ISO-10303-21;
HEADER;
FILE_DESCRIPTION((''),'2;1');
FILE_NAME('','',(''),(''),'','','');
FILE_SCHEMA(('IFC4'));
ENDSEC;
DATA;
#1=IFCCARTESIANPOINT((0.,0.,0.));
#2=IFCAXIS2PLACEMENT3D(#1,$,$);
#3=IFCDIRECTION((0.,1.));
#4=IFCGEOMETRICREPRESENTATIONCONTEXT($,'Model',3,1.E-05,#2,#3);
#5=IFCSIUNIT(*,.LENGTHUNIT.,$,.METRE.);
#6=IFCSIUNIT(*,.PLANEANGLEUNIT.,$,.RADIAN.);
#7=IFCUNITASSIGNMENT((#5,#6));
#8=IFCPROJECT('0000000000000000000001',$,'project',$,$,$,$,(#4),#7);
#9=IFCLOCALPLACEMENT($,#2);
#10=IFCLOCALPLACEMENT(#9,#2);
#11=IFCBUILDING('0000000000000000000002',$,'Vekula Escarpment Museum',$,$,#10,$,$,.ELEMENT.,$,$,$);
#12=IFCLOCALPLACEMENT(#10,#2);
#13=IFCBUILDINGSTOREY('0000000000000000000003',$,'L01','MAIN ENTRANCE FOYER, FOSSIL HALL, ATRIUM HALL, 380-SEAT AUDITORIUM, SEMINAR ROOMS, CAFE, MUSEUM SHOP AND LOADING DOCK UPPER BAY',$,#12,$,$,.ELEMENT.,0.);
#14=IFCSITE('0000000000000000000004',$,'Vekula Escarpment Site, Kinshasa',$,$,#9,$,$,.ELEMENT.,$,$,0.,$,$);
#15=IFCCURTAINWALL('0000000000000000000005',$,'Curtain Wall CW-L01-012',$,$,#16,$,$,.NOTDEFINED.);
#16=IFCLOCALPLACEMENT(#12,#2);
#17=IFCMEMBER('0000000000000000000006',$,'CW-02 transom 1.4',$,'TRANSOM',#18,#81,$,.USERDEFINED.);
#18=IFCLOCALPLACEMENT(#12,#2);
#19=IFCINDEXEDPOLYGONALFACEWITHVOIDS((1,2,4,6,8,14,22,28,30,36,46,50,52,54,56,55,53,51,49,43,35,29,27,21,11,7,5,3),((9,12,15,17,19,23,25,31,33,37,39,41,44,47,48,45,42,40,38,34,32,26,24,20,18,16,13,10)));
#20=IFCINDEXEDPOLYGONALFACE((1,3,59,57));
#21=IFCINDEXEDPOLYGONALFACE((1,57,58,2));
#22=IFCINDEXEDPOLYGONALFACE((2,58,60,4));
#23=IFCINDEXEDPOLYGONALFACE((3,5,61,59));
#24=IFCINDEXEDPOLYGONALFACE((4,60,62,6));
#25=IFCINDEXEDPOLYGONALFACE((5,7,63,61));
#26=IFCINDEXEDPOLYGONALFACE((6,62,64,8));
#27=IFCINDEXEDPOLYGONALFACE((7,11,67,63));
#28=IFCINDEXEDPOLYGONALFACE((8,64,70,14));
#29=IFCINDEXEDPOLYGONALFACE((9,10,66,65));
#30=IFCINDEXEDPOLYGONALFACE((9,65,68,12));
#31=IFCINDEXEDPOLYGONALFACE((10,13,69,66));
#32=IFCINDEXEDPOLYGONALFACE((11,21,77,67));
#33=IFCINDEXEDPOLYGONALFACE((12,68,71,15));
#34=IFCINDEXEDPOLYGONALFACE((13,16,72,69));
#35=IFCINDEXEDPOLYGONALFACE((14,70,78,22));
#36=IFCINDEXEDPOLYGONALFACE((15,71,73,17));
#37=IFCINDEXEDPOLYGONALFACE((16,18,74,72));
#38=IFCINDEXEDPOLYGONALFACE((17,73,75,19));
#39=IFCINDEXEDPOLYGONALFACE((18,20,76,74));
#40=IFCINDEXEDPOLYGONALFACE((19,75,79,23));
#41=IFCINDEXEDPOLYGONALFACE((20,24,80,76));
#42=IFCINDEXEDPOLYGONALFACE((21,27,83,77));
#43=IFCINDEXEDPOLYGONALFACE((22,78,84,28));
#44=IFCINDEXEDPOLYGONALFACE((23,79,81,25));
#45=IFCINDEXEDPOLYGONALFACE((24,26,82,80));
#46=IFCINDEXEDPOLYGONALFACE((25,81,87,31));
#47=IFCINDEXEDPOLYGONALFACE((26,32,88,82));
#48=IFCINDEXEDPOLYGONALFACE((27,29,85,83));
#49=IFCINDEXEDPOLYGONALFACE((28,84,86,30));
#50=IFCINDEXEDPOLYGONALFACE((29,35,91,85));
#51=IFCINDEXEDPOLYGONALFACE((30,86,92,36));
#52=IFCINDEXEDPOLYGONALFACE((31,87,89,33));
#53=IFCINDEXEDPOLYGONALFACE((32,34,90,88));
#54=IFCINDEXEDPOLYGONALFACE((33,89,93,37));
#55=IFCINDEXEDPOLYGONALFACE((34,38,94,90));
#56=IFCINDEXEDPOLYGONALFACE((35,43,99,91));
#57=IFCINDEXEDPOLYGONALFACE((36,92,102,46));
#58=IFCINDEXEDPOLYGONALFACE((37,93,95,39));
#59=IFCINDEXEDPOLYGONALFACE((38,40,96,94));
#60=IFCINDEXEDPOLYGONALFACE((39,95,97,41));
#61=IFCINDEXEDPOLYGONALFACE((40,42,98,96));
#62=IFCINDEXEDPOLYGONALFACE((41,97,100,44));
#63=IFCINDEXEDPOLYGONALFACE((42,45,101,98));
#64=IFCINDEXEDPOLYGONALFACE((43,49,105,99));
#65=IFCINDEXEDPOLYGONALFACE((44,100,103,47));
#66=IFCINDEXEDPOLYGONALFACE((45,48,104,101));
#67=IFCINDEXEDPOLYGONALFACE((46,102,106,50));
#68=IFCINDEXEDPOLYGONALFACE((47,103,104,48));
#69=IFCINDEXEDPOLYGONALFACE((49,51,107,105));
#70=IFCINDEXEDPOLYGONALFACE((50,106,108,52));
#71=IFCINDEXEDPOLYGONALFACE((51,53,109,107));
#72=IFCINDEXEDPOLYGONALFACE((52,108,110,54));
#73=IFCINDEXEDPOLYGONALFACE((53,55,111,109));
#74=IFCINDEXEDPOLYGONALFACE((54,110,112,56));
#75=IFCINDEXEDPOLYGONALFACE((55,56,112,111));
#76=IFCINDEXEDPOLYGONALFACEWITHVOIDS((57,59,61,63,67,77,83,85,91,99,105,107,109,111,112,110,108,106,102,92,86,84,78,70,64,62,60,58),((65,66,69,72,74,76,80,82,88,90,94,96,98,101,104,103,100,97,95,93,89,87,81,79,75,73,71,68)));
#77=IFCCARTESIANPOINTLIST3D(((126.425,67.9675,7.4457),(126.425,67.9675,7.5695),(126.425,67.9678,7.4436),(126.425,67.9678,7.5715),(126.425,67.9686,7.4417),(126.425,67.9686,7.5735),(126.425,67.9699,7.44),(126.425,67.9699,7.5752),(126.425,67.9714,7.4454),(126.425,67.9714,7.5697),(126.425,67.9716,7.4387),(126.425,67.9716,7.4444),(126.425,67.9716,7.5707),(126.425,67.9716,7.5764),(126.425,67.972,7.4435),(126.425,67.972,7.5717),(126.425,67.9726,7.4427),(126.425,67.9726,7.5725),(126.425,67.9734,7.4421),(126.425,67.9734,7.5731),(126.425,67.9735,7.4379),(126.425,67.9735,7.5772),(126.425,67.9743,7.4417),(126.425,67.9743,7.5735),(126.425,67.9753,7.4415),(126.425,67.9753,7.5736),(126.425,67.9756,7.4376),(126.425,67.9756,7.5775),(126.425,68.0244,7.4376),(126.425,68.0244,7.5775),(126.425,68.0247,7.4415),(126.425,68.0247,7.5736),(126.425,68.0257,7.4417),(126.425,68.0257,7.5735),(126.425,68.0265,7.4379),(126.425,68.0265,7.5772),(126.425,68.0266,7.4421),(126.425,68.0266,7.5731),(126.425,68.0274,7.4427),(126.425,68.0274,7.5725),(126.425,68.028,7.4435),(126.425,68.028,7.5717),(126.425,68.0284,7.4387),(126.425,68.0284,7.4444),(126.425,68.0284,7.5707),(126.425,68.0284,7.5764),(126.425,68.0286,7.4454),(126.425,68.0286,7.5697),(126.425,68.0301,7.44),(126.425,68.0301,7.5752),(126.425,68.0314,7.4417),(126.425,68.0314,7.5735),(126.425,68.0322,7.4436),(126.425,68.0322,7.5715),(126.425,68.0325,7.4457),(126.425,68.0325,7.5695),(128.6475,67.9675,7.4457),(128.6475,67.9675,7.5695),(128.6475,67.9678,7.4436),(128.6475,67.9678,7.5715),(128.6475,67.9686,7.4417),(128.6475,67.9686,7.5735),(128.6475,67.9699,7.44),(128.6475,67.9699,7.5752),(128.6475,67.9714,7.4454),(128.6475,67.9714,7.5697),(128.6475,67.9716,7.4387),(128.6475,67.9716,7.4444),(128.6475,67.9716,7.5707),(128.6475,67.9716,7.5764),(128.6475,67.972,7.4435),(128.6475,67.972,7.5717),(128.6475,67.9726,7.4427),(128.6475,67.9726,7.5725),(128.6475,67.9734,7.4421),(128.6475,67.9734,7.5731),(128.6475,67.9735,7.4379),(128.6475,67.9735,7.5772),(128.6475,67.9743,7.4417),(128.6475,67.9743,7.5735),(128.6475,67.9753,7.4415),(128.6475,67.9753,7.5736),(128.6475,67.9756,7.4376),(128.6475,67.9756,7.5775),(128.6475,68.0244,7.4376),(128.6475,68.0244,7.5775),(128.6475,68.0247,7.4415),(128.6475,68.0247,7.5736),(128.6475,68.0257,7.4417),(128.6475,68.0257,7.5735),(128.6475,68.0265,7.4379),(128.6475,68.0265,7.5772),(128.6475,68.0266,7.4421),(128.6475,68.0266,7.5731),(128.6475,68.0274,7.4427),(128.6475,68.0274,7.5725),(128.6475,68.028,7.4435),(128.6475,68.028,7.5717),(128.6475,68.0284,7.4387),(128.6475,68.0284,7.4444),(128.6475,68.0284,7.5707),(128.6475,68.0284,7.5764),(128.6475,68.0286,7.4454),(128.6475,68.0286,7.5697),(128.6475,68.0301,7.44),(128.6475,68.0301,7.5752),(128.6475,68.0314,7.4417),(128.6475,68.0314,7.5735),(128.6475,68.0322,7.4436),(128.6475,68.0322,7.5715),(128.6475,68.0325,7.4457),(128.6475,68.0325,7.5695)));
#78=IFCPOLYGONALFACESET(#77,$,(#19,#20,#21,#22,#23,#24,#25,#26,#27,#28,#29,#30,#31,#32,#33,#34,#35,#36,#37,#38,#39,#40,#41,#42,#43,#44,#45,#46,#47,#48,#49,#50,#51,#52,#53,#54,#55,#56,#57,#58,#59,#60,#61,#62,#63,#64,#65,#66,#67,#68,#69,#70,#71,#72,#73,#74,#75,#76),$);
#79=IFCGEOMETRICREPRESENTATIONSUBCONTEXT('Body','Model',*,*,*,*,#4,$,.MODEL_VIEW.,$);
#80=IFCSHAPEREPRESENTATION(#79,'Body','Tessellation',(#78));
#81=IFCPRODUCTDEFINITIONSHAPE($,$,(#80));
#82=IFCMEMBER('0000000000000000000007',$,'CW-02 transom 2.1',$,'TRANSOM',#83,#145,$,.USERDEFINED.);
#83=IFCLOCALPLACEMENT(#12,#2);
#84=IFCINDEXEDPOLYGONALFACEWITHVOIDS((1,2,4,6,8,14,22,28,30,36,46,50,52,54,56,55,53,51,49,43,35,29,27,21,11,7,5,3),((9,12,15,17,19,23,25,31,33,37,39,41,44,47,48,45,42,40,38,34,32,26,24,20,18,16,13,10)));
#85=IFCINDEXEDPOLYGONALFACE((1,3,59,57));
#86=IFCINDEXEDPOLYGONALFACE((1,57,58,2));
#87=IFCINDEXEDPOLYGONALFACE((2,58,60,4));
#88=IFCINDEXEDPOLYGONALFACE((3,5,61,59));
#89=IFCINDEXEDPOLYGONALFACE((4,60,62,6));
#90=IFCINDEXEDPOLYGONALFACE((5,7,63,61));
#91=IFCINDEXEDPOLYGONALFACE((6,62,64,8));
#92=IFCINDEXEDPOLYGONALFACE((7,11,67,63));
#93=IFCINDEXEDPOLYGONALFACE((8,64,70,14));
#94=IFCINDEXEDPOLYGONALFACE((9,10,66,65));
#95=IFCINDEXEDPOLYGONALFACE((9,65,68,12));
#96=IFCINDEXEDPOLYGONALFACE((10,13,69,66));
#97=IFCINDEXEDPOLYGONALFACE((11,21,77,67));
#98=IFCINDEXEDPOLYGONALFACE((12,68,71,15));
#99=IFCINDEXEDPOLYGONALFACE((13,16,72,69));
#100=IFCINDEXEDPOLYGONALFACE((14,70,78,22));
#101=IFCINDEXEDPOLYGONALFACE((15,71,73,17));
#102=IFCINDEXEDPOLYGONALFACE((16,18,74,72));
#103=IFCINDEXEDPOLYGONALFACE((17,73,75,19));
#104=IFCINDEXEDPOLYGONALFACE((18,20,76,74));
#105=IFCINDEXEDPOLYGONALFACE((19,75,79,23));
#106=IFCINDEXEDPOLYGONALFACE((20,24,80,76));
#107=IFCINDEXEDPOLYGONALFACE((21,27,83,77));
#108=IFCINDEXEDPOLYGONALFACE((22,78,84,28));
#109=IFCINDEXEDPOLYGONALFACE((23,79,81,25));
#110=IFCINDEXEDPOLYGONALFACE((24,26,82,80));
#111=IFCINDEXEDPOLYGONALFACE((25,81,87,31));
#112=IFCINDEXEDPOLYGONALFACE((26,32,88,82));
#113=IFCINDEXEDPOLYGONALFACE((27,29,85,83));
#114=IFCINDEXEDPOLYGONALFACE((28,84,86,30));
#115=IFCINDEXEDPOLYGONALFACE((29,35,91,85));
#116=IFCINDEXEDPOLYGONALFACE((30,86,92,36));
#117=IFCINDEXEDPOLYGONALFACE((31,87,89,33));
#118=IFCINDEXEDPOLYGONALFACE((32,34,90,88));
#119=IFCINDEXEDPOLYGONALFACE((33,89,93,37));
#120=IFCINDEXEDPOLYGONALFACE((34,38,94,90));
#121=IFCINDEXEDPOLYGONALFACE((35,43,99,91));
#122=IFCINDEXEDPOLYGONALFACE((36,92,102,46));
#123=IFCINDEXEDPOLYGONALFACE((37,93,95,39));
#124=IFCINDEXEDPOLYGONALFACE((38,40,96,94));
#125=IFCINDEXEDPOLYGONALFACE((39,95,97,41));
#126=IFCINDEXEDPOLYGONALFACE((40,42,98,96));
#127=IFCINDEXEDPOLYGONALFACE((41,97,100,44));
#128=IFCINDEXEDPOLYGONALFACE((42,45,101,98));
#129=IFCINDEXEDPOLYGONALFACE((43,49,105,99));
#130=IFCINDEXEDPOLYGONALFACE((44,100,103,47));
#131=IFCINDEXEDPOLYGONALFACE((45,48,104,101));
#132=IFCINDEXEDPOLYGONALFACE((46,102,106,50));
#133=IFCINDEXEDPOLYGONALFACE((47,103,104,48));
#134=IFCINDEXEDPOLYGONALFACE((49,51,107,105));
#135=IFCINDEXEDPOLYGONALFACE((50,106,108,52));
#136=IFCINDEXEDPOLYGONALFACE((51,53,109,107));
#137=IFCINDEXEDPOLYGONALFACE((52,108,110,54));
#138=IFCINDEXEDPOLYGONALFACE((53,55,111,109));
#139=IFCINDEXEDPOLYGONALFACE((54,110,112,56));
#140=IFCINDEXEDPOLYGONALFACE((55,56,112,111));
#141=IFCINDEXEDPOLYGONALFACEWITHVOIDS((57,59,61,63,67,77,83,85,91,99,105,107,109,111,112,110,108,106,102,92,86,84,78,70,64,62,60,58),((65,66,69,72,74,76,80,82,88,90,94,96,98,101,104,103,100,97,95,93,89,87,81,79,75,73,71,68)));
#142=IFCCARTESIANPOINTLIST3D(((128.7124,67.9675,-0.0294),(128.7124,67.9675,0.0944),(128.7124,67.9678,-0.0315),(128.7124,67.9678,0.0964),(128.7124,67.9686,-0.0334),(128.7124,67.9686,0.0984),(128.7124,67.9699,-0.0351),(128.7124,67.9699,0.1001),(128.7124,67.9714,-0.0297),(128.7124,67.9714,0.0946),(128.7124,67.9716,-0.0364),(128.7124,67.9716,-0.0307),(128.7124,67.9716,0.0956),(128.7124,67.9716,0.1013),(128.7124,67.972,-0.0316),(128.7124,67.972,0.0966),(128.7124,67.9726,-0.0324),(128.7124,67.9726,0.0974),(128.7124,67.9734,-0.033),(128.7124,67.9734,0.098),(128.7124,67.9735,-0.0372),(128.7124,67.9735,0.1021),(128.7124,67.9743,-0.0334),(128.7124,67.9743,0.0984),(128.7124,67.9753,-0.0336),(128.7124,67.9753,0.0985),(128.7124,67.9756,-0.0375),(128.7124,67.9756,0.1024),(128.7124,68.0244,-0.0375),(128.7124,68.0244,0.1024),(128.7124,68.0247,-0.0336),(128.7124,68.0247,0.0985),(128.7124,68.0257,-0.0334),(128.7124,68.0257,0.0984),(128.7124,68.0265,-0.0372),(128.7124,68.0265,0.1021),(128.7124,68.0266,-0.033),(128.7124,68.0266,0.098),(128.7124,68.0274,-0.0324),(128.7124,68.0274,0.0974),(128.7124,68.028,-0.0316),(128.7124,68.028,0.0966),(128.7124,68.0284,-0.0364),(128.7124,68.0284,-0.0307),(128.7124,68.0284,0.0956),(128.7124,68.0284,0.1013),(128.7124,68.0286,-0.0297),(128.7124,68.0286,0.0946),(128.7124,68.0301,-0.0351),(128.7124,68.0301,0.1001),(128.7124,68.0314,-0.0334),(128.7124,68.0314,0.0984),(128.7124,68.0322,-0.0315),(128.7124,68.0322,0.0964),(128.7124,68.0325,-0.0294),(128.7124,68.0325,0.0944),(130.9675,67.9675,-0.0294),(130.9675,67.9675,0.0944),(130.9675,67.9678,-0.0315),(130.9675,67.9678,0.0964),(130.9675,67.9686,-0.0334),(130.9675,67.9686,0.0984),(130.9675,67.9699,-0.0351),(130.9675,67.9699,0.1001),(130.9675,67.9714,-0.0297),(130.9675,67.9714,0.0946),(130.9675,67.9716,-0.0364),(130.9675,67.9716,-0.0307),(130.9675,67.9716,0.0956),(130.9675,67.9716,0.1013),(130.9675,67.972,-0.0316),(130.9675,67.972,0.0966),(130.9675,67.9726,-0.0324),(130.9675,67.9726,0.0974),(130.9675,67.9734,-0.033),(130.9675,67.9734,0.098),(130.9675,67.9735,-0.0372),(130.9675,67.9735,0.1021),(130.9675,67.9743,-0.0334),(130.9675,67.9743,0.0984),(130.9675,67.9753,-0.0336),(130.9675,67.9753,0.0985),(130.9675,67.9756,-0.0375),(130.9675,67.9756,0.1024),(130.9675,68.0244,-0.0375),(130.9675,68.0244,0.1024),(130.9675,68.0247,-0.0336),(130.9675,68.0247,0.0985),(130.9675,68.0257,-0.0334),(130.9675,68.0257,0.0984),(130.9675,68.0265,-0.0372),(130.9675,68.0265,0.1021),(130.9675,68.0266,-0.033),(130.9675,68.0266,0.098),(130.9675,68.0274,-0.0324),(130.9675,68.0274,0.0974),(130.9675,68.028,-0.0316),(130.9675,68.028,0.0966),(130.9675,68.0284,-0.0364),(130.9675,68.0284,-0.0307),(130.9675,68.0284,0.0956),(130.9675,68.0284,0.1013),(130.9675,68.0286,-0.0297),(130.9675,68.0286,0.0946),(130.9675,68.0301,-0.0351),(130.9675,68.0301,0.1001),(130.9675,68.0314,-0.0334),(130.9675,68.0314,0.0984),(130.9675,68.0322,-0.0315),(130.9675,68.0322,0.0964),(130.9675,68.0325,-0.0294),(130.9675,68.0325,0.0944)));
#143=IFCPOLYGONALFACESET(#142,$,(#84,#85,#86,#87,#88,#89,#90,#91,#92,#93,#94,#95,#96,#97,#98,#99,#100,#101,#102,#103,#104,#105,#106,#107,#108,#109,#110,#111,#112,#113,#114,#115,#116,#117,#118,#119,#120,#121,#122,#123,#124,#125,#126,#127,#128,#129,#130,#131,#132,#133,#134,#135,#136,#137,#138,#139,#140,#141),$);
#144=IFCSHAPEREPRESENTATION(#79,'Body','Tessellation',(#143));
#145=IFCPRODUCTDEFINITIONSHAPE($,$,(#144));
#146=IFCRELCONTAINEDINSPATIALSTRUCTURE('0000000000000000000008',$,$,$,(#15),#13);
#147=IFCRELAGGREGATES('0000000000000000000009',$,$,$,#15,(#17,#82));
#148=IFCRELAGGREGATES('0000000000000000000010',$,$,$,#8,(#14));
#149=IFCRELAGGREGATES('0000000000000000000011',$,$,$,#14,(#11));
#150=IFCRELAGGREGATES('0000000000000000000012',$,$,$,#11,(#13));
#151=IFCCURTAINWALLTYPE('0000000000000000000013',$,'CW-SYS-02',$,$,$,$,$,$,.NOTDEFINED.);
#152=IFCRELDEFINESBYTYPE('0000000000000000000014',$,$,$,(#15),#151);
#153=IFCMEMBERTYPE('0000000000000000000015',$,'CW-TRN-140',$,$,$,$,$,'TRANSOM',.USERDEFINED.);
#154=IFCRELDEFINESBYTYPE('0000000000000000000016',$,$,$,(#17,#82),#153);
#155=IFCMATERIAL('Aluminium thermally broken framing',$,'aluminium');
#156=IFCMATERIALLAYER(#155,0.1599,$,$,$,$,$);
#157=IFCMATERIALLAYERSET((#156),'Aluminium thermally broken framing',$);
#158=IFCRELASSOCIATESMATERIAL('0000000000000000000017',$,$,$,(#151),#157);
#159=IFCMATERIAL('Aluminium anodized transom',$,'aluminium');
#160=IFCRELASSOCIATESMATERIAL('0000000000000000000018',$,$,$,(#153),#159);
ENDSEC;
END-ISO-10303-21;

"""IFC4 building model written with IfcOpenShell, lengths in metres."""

from ifc_helpers import new_model, si_unit, direction, frame, origin, origin_2d, place, context, subcontext, project, spatial, hollow_rectangle, extrude, material, layer, layer_set, material_profile, profile_set, type_object, element, aggregate, save


model = new_model("IFC4")

# Units and contexts
model_context = context("Model", 3, precision=1e-05, world=origin(), true_north=direction((0.0, 1.0)))
body_context = subcontext(model_context, "Body", "Model", "MODEL_VIEW")
ifc_project = project(units=[si_unit("LENGTHUNIT", "METRE"), si_unit("PLANEANGLEUNIT", "RADIAN")], contexts=[model_context])

# Site, building, storey
site_placement = place(None, origin())
site = spatial("IfcSite", under=ifc_project, at=site_placement, Name="Vekula Escarpment Site, Kinshasa", CompositionType="ELEMENT", RefElevation=0.0)
building_placement = place(site_placement, origin())
building = spatial("IfcBuilding", under=site, at=building_placement, Name="Vekula Escarpment Museum", CompositionType="ELEMENT")
storey_placement = place(building_placement, origin())
storey = spatial("IfcBuildingStorey", under=building, at=storey_placement, Name="L01", Description="MAIN ENTRANCE FOYER, FOSSIL HALL, ATRIUM HALL, 380-SEAT AUDITORIUM, SEMINAR ROOMS, CAFE, MUSEUM SHOP AND LOADING DOCK UPPER BAY", CompositionType="ELEMENT", Elevation=0.0)

# Curtain wall, members
ifc_material_1 = material(Name="Aluminium thermally broken framing", Category="aluminium")
ifc_layer_1 = layer(ifc_material_1, 0.1599)
ifc_layer_set_1 = layer_set([ifc_layer_1], Name="Aluminium thermally broken framing")
curtain_wall_type = type_object("IfcCurtainWallType", Name="CW-SYS-02", PredefinedType="NOTDEFINED", material=ifc_layer_set_1)
curtain_wall_placement = place(storey_placement, origin())
curtain_wall = element("IfcCurtainWall", 1, at=curtain_wall_placement, inside=storey, type_object=curtain_wall_type, Name="Curtain Wall CW-L01-012", PredefinedType="NOTDEFINED")
ifc_material_2 = material(Name="Aluminium anodized transom", Category="aluminium")
ifc_material_profile_1 = material_profile(ifc_material_2, hollow_rectangle(XDim=0.0649, YDim=0.1399, WallThickness=0.0039, InnerFilletRadius=0.0039, OuterFilletRadius=0.0081, at=origin_2d()), Name="ALU 140x65x4")
ifc_profile_set_1 = profile_set([ifc_material_profile_1], Name="Aluminium anodized transom")
member_type_1 = type_object("IfcMemberType", Name="CW-TRN-140", ElementType="TRANSOM", PredefinedType="USERDEFINED", material=ifc_profile_set_1)
member_1_placement = place(storey_placement, frame((126.425, 68.0, 7.5076), z_axis=(1.0, 0.0, 0.0), x_axis=(0.0, 1.0, 0.0)))
member_1 = element("IfcMember", 2, at=member_1_placement, type_object=member_type_1, Name="CW-02 transom 1.4", ObjectType="TRANSOM", PredefinedType="USERDEFINED", context=body_context, shape_type="SweptSolid", body=[
    extrude(hollow_rectangle(XDim=0.0649, YDim=0.1399, WallThickness=0.0039, InnerFilletRadius=0.0039, OuterFilletRadius=0.0081, at=origin_2d()), origin(), (0.0, 0.0, 1.0), 2.2224),
])
member_2_placement = place(storey_placement, frame((128.7124, 68.0, 0.0325), z_axis=(1.0, 0.0, 0.0), x_axis=(0.0, 1.0, 0.0)))
member_2 = element("IfcMember", 3, at=member_2_placement, type_object=member_type_1, Name="CW-02 transom 2.1", ObjectType="TRANSOM", PredefinedType="USERDEFINED", context=body_context, shape_type="SweptSolid", body=[
    extrude(hollow_rectangle(XDim=0.0649, YDim=0.1399, WallThickness=0.0039, InnerFilletRadius=0.0039, OuterFilletRadius=0.0081, at=origin_2d()), origin(), (0.0, 0.0, 1.0), 2.2551),
])

aggregate(curtain_wall, [member_1, member_2])

save(model, "model.ifc")
